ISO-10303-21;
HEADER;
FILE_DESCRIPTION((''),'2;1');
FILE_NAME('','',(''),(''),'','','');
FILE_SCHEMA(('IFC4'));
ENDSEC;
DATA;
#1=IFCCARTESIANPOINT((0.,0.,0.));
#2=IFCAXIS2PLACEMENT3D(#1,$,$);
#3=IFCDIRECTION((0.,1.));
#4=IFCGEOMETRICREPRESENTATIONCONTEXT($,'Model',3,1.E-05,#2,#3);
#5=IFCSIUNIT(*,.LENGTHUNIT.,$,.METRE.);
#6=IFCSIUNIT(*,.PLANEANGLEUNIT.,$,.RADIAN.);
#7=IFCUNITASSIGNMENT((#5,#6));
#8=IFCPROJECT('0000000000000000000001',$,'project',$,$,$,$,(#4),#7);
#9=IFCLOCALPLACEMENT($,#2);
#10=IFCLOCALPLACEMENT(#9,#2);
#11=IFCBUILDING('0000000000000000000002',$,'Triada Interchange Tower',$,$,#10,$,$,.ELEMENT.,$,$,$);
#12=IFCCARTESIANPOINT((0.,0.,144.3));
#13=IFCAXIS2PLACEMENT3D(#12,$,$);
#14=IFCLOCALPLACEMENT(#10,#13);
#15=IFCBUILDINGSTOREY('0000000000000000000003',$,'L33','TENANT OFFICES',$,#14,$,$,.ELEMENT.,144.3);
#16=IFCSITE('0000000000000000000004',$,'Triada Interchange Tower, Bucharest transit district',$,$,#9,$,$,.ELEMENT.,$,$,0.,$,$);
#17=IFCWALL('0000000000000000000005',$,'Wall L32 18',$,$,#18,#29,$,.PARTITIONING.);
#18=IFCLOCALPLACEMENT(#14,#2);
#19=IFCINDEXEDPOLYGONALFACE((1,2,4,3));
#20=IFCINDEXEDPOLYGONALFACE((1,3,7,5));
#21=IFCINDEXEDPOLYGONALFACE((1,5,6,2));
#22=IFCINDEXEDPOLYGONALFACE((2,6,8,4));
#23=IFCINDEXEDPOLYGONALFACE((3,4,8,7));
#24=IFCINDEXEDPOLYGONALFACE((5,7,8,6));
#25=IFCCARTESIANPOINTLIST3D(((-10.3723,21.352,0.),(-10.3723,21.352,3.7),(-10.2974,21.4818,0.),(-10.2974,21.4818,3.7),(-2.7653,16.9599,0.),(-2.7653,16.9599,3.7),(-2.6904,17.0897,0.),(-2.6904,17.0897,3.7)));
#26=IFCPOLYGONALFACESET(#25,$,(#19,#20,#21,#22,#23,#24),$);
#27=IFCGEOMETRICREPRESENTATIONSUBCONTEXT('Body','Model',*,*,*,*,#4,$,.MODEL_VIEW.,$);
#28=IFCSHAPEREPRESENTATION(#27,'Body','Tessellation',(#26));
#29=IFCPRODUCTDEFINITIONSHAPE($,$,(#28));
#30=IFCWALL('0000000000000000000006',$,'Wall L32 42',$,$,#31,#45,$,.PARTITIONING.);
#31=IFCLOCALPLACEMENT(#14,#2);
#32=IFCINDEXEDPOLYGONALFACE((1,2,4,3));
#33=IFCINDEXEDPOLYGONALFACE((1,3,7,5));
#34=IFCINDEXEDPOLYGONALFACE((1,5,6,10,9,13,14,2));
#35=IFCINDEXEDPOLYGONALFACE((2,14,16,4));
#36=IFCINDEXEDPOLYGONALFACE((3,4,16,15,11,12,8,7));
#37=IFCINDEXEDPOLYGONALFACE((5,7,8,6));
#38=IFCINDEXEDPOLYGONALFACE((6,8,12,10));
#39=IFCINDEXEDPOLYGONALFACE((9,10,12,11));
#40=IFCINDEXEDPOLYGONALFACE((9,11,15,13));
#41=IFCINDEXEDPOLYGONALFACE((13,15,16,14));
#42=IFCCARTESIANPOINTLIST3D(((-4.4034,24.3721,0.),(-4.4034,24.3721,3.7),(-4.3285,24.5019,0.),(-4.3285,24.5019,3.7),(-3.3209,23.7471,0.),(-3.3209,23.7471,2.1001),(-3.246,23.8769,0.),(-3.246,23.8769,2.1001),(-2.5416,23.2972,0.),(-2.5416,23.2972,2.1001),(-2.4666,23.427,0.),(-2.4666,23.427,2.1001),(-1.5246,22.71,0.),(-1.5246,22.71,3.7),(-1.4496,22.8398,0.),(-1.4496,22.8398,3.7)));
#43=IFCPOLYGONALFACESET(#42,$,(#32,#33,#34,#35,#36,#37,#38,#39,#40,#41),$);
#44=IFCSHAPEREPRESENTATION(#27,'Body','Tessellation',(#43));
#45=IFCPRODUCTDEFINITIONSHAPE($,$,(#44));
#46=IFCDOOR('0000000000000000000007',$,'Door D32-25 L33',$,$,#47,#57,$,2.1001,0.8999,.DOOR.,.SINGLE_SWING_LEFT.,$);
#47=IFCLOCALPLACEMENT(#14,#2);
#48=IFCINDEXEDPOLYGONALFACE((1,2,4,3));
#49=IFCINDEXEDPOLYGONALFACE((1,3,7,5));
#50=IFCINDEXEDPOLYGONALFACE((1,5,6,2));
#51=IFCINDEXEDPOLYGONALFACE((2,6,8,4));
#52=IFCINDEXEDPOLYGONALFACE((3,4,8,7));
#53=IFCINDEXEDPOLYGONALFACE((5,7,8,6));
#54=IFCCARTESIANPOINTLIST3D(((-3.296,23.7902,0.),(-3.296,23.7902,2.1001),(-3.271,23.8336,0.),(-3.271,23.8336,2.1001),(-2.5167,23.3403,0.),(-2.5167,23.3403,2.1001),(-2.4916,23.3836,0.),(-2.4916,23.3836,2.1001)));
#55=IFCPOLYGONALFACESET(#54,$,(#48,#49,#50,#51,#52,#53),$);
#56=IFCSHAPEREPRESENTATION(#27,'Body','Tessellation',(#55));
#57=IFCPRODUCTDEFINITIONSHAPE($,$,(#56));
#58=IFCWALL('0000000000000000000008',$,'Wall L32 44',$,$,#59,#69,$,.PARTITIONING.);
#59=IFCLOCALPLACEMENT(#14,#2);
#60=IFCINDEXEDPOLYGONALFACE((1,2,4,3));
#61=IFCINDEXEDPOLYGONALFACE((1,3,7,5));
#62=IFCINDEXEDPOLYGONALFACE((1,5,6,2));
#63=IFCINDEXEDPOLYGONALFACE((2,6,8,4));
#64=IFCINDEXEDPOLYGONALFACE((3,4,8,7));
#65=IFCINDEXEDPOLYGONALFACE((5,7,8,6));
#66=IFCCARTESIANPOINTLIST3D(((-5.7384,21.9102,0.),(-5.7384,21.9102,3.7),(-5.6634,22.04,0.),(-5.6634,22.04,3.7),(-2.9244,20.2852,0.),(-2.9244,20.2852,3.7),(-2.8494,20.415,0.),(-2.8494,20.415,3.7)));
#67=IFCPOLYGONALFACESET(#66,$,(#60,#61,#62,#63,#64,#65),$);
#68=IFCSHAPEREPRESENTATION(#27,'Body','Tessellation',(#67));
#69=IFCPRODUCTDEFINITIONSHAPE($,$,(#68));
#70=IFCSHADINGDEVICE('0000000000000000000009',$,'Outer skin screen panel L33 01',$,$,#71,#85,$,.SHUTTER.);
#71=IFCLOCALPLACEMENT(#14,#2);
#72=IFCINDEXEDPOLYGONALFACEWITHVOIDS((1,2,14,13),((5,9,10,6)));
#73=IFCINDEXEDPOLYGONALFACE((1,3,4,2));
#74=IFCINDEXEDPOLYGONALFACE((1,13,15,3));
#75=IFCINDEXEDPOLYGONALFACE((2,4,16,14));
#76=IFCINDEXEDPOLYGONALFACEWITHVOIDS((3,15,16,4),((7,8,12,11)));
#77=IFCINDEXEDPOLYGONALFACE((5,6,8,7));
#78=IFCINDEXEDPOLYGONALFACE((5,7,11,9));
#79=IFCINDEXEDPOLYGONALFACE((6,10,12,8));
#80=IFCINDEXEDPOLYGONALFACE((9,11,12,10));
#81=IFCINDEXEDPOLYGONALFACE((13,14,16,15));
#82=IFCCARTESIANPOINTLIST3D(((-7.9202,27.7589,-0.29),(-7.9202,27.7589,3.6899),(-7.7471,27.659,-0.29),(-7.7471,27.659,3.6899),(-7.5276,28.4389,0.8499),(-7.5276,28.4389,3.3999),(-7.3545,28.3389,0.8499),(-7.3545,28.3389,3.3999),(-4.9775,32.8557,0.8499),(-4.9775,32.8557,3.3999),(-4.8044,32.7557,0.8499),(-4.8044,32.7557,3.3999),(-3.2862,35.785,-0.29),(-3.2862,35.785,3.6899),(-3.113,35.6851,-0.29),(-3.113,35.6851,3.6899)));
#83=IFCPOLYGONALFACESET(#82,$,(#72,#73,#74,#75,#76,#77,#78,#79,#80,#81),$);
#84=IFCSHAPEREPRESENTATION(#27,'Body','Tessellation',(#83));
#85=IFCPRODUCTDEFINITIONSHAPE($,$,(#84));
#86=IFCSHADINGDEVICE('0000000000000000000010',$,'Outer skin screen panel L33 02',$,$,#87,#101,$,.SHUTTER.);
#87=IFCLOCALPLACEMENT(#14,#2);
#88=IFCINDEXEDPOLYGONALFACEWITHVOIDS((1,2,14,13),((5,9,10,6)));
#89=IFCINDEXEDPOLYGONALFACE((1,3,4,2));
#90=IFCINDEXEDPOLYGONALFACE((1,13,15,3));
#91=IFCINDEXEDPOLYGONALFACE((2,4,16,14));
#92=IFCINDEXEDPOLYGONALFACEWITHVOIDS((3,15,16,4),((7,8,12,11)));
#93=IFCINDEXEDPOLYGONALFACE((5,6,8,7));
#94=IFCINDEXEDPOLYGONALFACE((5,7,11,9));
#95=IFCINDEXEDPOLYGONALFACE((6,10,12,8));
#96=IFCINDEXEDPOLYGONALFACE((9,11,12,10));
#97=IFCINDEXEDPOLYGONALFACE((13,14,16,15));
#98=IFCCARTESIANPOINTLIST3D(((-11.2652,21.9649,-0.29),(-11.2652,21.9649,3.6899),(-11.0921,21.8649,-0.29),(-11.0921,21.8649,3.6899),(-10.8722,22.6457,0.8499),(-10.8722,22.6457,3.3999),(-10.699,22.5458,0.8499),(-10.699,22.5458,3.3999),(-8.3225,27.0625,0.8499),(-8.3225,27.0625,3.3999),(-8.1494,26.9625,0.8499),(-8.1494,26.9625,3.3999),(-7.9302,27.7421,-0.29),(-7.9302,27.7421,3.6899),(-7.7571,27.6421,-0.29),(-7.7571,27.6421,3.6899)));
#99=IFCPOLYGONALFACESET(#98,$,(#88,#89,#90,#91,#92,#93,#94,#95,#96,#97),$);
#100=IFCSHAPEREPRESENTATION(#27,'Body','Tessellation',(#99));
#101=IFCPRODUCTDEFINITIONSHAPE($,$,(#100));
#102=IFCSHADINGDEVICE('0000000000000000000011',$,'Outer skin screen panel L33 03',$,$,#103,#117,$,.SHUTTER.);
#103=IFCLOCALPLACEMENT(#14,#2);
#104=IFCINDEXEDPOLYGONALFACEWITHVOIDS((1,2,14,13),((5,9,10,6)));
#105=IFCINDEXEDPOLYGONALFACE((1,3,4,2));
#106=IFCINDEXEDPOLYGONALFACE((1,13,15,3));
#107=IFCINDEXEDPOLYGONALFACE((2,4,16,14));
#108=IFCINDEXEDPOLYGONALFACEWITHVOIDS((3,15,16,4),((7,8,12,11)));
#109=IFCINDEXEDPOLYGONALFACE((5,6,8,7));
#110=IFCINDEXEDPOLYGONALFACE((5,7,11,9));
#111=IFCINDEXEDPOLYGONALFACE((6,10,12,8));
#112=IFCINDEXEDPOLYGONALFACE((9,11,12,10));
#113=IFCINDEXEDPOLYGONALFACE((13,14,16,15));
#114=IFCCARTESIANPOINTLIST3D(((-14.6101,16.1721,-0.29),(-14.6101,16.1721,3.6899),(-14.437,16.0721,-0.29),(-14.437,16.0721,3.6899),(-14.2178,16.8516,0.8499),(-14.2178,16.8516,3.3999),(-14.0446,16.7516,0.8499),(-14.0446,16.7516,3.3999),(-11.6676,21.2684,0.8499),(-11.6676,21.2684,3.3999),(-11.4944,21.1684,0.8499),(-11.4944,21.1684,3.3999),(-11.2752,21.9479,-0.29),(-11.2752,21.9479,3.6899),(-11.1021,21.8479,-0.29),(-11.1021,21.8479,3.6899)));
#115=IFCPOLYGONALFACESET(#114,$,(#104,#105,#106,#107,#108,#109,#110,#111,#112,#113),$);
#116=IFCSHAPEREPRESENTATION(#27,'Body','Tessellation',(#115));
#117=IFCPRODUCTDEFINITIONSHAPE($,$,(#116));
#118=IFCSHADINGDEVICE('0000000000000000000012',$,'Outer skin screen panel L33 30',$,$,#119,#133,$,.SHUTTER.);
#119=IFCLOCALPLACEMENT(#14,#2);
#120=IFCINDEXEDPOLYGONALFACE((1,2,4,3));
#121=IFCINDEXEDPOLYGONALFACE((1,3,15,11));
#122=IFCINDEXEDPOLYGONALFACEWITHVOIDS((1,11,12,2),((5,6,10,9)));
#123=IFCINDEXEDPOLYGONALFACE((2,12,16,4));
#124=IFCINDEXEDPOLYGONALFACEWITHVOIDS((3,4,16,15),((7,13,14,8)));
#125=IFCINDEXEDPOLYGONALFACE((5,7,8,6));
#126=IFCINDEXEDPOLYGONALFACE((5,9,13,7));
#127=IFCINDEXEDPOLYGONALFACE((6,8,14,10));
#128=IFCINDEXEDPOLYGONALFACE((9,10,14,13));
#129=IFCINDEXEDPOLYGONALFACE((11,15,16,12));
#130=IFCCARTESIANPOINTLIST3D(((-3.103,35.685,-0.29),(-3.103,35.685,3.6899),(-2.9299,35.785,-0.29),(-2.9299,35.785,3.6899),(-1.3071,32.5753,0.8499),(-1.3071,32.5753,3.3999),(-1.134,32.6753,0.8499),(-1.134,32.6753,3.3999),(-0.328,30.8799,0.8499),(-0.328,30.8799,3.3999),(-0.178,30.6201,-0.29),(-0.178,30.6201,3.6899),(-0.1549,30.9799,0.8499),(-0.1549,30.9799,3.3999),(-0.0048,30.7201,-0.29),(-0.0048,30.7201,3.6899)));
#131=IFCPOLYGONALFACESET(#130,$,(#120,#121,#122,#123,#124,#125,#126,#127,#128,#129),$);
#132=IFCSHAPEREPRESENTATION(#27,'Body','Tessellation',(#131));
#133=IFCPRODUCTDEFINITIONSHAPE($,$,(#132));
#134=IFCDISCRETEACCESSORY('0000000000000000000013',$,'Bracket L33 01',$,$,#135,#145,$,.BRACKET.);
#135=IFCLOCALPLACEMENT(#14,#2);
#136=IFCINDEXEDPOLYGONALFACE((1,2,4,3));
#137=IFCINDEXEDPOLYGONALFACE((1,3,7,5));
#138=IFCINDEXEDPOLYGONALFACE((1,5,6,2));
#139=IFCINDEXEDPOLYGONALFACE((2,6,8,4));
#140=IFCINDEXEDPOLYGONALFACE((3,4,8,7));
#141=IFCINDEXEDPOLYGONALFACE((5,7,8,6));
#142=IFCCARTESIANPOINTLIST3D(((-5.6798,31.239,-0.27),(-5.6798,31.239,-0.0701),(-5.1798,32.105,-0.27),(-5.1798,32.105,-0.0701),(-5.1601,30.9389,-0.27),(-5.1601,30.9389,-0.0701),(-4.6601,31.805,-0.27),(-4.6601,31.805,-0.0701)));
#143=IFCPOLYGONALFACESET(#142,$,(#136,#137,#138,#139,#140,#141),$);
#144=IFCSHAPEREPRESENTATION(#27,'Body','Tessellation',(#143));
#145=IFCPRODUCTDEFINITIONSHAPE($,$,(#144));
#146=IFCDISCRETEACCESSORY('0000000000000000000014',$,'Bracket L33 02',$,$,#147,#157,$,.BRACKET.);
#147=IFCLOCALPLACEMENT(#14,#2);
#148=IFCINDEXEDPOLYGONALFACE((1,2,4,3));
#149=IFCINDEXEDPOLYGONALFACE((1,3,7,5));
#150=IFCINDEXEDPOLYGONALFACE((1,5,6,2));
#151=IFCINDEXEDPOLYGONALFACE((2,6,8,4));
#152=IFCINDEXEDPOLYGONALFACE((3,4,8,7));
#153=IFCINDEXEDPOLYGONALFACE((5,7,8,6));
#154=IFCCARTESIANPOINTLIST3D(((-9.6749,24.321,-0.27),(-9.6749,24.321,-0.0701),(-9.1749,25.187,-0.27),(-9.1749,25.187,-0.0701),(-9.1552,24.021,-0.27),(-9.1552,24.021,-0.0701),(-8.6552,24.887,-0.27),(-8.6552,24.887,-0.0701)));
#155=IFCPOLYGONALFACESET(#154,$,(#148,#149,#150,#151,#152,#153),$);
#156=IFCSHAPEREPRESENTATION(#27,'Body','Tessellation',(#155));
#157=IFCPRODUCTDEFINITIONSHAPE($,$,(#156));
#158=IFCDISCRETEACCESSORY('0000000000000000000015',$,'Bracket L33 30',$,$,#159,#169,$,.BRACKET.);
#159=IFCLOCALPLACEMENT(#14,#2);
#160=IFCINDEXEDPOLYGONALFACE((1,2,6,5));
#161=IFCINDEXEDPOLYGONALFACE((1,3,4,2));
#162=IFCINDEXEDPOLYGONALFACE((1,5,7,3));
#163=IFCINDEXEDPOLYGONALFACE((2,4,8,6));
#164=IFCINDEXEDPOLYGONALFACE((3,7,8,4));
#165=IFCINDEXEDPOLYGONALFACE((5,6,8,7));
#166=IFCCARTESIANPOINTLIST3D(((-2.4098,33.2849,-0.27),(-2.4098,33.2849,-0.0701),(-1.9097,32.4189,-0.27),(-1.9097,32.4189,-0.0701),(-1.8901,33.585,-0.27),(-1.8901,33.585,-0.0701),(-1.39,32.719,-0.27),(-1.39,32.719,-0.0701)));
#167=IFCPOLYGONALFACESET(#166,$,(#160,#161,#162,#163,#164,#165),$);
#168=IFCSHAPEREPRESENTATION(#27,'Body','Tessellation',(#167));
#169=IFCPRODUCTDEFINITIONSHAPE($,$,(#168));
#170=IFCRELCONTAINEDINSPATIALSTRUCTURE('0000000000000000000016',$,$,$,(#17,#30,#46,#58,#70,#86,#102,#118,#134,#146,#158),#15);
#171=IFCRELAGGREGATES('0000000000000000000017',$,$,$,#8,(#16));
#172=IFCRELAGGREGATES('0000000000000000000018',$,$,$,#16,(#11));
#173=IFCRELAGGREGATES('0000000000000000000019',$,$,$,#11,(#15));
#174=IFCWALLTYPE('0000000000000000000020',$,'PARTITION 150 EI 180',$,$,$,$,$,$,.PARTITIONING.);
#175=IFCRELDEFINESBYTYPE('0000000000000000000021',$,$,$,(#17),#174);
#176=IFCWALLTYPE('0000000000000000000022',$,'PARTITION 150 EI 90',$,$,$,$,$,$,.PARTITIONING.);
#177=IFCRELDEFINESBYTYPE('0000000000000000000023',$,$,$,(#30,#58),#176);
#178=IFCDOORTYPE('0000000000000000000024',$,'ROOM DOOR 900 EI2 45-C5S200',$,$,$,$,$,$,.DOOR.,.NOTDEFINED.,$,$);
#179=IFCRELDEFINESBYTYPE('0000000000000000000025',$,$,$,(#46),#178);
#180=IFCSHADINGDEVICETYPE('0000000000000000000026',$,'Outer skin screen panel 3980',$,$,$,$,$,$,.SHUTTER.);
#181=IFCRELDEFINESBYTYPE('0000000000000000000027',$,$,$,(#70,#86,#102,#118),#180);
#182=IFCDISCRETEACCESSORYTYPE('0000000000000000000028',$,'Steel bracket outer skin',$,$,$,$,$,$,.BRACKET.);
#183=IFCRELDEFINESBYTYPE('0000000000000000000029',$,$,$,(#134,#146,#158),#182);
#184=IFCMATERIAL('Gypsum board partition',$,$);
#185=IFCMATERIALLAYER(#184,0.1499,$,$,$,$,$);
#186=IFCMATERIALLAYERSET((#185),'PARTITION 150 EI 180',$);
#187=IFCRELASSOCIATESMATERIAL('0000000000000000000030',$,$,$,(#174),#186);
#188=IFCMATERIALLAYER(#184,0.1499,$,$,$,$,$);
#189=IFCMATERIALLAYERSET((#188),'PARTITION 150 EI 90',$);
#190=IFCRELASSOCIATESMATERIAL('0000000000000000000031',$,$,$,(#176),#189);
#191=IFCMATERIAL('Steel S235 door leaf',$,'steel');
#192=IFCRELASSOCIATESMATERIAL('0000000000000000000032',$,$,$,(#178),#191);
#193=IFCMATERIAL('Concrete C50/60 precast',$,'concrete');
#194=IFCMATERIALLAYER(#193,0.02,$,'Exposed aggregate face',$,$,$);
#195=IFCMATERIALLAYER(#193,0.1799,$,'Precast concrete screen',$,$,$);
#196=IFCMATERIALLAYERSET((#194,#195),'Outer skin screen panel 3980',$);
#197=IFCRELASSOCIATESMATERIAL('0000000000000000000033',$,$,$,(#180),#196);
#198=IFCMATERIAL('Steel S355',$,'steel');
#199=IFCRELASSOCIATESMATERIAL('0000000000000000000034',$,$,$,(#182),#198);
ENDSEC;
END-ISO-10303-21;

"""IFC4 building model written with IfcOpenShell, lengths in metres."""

from ifc_helpers import new_model, si_unit, direction, frame, frame_2d, origin, origin_2d, place, context, subcontext, project, spatial, polyline, rectangle, outline, extrude, material, layer, layer_set, type_object, element, fill, save


model = new_model("IFC4")

# Units and contexts
model_context = context("Model", 3, precision=1e-05, world=origin(), true_north=direction((0.0, 1.0)))
body_context = subcontext(model_context, "Body", "Model", "MODEL_VIEW")
ifc_project = project(units=[si_unit("LENGTHUNIT", "METRE"), si_unit("PLANEANGLEUNIT", "RADIAN")], contexts=[model_context])

# Site, building, storey
site_placement = place(None, origin())
site = spatial("IfcSite", under=ifc_project, at=site_placement, Name="Triada Interchange Tower, Bucharest transit district", CompositionType="ELEMENT", RefElevation=0.0)
building_placement = place(site_placement, origin())
building = spatial("IfcBuilding", under=site, at=building_placement, Name="Triada Interchange Tower", CompositionType="ELEMENT")
storey_placement = place(building_placement, frame((0.0, 0.0, 144.3)))
storey = spatial("IfcBuildingStorey", under=building, at=storey_placement, Name="L33", Description="TENANT OFFICES", CompositionType="ELEMENT", Elevation=144.3)

# Wall
ifc_material_1 = material(Name="Gypsum board partition")
ifc_layer_1 = layer(ifc_material_1, 0.1499)
ifc_layer_set_1 = layer_set([ifc_layer_1], Name="PARTITION 150 EI 180")
wall_type_1 = type_object("IfcWallType", Name="PARTITION 150 EI 180", PredefinedType="PARTITIONING", material=ifc_layer_set_1)
wall_1_placement = place(storey_placement, frame((-10.335, 21.417, 0.0), z_axis=(0.0, 0.0, 1.0), x_axis=(0.866014, -0.500019, 0.0)))
element("IfcWall", 1, at=wall_1_placement, inside=storey, type_object=wall_type_1, Name="Wall L32 18", PredefinedType="PARTITIONING", context=body_context, shape_type="SweptSolid", body=[
    extrude(rectangle(XDim=8.7839, YDim=0.1499, at=frame_2d((4.3921, 0.0))), origin(), (0.0, 0.0, 1.0), 3.7),
])

# Wall, opening, door
ifc_layer_2 = layer(ifc_material_1, 0.1499)
ifc_layer_set_2 = layer_set([ifc_layer_2], Name="PARTITION 150 EI 90")
wall_type_2 = type_object("IfcWallType", Name="PARTITION 150 EI 90", PredefinedType="PARTITIONING", material=ifc_layer_set_2)
wall_2_placement = place(storey_placement, frame((-4.366, 24.437, 0.0), z_axis=(0.0, 0.0, 1.0), x_axis=(0.866029, -0.499994, 0.0)))
wall_2 = element("IfcWall", 2, at=wall_2_placement, inside=storey, type_object=wall_type_2, Name="Wall L32 42", PredefinedType="PARTITIONING", context=body_context, shape_type="SweptSolid", body=[
    extrude(rectangle(XDim=3.3242, YDim=0.1499, at=frame_2d((1.6621, 0.0))), origin(), (0.0, 0.0, 1.0), 3.7),
])
opening_1_placement = place(wall_2_placement, frame((1.25, 0.0, 0.0)))
opening_1 = element("IfcOpeningElement", 3, at=opening_1_placement, cuts=wall_2, PredefinedType="OPENING", context=body_context, shape_type="SweptSolid", body=[
    extrude(rectangle(XDim=0.8999, YDim=2.1001, at=frame_2d((0.45, 1.05))), frame((0.0, 0.085, 0.0), z_axis=(0.0, -1.0, 0.0), x_axis=(1.0, 0.0, 0.0)), (0.0, 0.0, 1.0), 0.1699),
])
ifc_material_2 = material(Name="Steel S235 door leaf", Category="steel")
door_type = type_object("IfcDoorType", Name="ROOM DOOR 900 EI2 45-C5S200", OperationType="NOTDEFINED", PredefinedType="DOOR", material=ifc_material_2)
door_placement = place(opening_1_placement, origin())
door = element("IfcDoor", 4, at=door_placement, inside=storey, type_object=door_type, Name="Door D32-25 L33", OperationType="SINGLE_SWING_LEFT", OverallHeight=2.1001, OverallWidth=0.8999, PredefinedType="DOOR", context=body_context, shape_type="SweptSolid", body=[
    extrude(rectangle(XDim=0.8999, YDim=2.1001, at=frame_2d((0.45, 1.05))), frame((0.0, 0.0249, 0.0), z_axis=(0.0, -1.0, 0.0), x_axis=(1.0, 0.0, 0.0)), (0.0, 0.0, 1.0), 0.05),
])
fill(opening_1, door)

# Wall
wall_3_placement = place(storey_placement, frame((-5.7009, 21.9751, 0.0), z_axis=(0.0, 0.0, 1.0), x_axis=(0.865978, -0.500082, 0.0)))
element("IfcWall", 5, at=wall_3_placement, inside=storey, type_object=wall_type_2, Name="Wall L32 44", PredefinedType="PARTITIONING", context=body_context, shape_type="SweptSolid", body=[
    extrude(rectangle(XDim=3.2495, YDim=0.1499, at=frame_2d((1.6248, 0.0))), origin(), (0.0, 0.0, 1.0), 3.7),
])

# Shading devices
ifc_material_3 = material(Name="Concrete C50/60 precast", Category="concrete")
ifc_layer_3 = layer(ifc_material_3, 0.02, Name="Exposed aggregate face")
ifc_layer_4 = layer(ifc_material_3, 0.1799, Name="Precast concrete screen")
ifc_layer_set_3 = layer_set([ifc_layer_3, ifc_layer_4], Name="Outer skin screen panel 3980")
shading_device_type = type_object("IfcShadingDeviceType", Name="Outer skin screen panel 3980", PredefinedType="SHUTTER", material=ifc_layer_set_3)
shading_device_1_placement = place(storey_placement, frame((-3.113, 35.6851, -0.29), z_axis=(0.0, 0.0, 1.0), x_axis=(-0.500012, -0.866018, 0.0)))
element("IfcShadingDevice", 6, at=shading_device_1_placement, inside=storey, type_object=shading_device_type, Name="Outer skin screen panel L33 01", PredefinedType="SHUTTER", context=body_context, shape_type="SweptSolid", body=[
    extrude(outline(polyline([(0.0, 0.0), (9.2678, 0.0), (9.2678, 3.98), (0.0, 3.98), (0.0, 0.0)]), holes=[polyline([(3.3826, 1.1399), (3.3826, 3.6899), (8.4827, 3.6899), (8.4827, 1.1399), (3.3826, 1.1399)])]), frame((0.0, 0.0, 0.0), z_axis=(0.0, -1.0, 0.0), x_axis=(1.0, 0.0, 0.0)), (0.0, 0.0, 1.0), 0.2),
])
shading_device_2_placement = place(storey_placement, frame((-7.7571, 27.6421, -0.29), z_axis=(0.0, 0.0, 1.0), x_axis=(-0.49995, -0.866055, 0.0)))
element("IfcShadingDevice", 7, at=shading_device_2_placement, inside=storey, type_object=shading_device_type, Name="Outer skin screen panel L33 02", PredefinedType="SHUTTER", context=body_context, shape_type="SweptSolid", body=[
    extrude(outline(polyline([(0.0, 0.0), (6.6707, 0.0), (6.6707, 3.98), (0.0, 3.98), (0.0, 0.0)]), holes=[polyline([(0.7847, 1.1399), (0.7847, 3.6899), (5.8845, 3.6899), (5.8845, 1.1399), (0.7847, 1.1399)])]), frame((0.0, 0.0, 0.0), z_axis=(0.0, -1.0, 0.0), x_axis=(1.0, 0.0, 0.0)), (0.0, 0.0, 1.0), 0.2),
])
shading_device_3_placement = place(storey_placement, frame((-11.1021, 21.8479, -0.29), z_axis=(0.0, 0.0, 1.0), x_axis=(-0.500029, -0.866009, 0.0)))
element("IfcShadingDevice", 8, at=shading_device_3_placement, inside=storey, type_object=shading_device_type, Name="Outer skin screen panel L33 03", PredefinedType="SHUTTER", context=body_context, shape_type="SweptSolid", body=[
    extrude(outline(polyline([(0.0, 0.0), (6.6694, 0.0), (6.6694, 3.98), (0.0, 3.98), (0.0, 0.0)]), holes=[polyline([(0.7847, 1.1399), (0.7847, 3.6899), (5.8848, 3.6899), (5.8848, 1.1399), (0.7847, 1.1399)])]), frame((0.0, 0.0, 0.0), z_axis=(0.0, -1.0, 0.0), x_axis=(1.0, 0.0, 0.0)), (0.0, 0.0, 1.0), 0.2),
])
shading_device_4_placement = place(storey_placement, frame((-0.178, 30.6201, -0.29), z_axis=(0.0, 0.0, 1.0), x_axis=(-0.500103, 0.865966, 0.0)))
element("IfcShadingDevice", 9, at=shading_device_4_placement, inside=storey, type_object=shading_device_type, Name="Outer skin screen panel L33 30", PredefinedType="SHUTTER", context=body_context, shape_type="SweptSolid", body=[
    extrude(outline(polyline([(0.0, 0.0), (5.8489, 0.0), (5.8489, 3.98), (0.0, 3.98), (0.0, 0.0)]), holes=[polyline([(0.3, 1.1399), (0.3, 3.6899), (2.2578, 3.6899), (2.2578, 1.1399), (0.3, 1.1399)])]), frame((0.0, 0.0, 0.0), z_axis=(0.0, -1.0, 0.0), x_axis=(1.0, 0.0, 0.0)), (0.0, 0.0, 1.0), 0.2),
])

# Discrete accessories
ifc_material_4 = material(Name="Steel S355", Category="steel")
discrete_accessory_type = type_object("IfcDiscreteAccessoryType", Name="Steel bracket outer skin", PredefinedType="BRACKET", material=ifc_material_4)
for number, where, z_axis, x_axis, name in (
    (10, (-5.1699, 31.522, -0.27), (0.0, 0.0, 1.0), (-0.866021, 0.500007, 0.0), "Bracket L33 01"),
    (11, (-9.165, 24.604, -0.27), (0.0, 0.0, 1.0), (-0.866021, 0.500007, 0.0), "Bracket L33 02"),
    (12, (-1.8999, 33.002, -0.27), (0.0, 0.0, 1.0), (0.866017, 0.500015, 0.0), "Bracket L33 30"),
):
    element("IfcDiscreteAccessory", number, at=place(storey_placement, frame(where, z_axis=z_axis, x_axis=x_axis)), inside=storey, type_object=discrete_accessory_type, Name=name, PredefinedType="BRACKET", context=body_context, shape_type="SweptSolid", body=[
        extrude(rectangle(XDim=0.6001, YDim=1.0, at=origin_2d()), origin(), (0.0, 0.0, 1.0), 0.2),
    ])

save(model, "model.ifc")
